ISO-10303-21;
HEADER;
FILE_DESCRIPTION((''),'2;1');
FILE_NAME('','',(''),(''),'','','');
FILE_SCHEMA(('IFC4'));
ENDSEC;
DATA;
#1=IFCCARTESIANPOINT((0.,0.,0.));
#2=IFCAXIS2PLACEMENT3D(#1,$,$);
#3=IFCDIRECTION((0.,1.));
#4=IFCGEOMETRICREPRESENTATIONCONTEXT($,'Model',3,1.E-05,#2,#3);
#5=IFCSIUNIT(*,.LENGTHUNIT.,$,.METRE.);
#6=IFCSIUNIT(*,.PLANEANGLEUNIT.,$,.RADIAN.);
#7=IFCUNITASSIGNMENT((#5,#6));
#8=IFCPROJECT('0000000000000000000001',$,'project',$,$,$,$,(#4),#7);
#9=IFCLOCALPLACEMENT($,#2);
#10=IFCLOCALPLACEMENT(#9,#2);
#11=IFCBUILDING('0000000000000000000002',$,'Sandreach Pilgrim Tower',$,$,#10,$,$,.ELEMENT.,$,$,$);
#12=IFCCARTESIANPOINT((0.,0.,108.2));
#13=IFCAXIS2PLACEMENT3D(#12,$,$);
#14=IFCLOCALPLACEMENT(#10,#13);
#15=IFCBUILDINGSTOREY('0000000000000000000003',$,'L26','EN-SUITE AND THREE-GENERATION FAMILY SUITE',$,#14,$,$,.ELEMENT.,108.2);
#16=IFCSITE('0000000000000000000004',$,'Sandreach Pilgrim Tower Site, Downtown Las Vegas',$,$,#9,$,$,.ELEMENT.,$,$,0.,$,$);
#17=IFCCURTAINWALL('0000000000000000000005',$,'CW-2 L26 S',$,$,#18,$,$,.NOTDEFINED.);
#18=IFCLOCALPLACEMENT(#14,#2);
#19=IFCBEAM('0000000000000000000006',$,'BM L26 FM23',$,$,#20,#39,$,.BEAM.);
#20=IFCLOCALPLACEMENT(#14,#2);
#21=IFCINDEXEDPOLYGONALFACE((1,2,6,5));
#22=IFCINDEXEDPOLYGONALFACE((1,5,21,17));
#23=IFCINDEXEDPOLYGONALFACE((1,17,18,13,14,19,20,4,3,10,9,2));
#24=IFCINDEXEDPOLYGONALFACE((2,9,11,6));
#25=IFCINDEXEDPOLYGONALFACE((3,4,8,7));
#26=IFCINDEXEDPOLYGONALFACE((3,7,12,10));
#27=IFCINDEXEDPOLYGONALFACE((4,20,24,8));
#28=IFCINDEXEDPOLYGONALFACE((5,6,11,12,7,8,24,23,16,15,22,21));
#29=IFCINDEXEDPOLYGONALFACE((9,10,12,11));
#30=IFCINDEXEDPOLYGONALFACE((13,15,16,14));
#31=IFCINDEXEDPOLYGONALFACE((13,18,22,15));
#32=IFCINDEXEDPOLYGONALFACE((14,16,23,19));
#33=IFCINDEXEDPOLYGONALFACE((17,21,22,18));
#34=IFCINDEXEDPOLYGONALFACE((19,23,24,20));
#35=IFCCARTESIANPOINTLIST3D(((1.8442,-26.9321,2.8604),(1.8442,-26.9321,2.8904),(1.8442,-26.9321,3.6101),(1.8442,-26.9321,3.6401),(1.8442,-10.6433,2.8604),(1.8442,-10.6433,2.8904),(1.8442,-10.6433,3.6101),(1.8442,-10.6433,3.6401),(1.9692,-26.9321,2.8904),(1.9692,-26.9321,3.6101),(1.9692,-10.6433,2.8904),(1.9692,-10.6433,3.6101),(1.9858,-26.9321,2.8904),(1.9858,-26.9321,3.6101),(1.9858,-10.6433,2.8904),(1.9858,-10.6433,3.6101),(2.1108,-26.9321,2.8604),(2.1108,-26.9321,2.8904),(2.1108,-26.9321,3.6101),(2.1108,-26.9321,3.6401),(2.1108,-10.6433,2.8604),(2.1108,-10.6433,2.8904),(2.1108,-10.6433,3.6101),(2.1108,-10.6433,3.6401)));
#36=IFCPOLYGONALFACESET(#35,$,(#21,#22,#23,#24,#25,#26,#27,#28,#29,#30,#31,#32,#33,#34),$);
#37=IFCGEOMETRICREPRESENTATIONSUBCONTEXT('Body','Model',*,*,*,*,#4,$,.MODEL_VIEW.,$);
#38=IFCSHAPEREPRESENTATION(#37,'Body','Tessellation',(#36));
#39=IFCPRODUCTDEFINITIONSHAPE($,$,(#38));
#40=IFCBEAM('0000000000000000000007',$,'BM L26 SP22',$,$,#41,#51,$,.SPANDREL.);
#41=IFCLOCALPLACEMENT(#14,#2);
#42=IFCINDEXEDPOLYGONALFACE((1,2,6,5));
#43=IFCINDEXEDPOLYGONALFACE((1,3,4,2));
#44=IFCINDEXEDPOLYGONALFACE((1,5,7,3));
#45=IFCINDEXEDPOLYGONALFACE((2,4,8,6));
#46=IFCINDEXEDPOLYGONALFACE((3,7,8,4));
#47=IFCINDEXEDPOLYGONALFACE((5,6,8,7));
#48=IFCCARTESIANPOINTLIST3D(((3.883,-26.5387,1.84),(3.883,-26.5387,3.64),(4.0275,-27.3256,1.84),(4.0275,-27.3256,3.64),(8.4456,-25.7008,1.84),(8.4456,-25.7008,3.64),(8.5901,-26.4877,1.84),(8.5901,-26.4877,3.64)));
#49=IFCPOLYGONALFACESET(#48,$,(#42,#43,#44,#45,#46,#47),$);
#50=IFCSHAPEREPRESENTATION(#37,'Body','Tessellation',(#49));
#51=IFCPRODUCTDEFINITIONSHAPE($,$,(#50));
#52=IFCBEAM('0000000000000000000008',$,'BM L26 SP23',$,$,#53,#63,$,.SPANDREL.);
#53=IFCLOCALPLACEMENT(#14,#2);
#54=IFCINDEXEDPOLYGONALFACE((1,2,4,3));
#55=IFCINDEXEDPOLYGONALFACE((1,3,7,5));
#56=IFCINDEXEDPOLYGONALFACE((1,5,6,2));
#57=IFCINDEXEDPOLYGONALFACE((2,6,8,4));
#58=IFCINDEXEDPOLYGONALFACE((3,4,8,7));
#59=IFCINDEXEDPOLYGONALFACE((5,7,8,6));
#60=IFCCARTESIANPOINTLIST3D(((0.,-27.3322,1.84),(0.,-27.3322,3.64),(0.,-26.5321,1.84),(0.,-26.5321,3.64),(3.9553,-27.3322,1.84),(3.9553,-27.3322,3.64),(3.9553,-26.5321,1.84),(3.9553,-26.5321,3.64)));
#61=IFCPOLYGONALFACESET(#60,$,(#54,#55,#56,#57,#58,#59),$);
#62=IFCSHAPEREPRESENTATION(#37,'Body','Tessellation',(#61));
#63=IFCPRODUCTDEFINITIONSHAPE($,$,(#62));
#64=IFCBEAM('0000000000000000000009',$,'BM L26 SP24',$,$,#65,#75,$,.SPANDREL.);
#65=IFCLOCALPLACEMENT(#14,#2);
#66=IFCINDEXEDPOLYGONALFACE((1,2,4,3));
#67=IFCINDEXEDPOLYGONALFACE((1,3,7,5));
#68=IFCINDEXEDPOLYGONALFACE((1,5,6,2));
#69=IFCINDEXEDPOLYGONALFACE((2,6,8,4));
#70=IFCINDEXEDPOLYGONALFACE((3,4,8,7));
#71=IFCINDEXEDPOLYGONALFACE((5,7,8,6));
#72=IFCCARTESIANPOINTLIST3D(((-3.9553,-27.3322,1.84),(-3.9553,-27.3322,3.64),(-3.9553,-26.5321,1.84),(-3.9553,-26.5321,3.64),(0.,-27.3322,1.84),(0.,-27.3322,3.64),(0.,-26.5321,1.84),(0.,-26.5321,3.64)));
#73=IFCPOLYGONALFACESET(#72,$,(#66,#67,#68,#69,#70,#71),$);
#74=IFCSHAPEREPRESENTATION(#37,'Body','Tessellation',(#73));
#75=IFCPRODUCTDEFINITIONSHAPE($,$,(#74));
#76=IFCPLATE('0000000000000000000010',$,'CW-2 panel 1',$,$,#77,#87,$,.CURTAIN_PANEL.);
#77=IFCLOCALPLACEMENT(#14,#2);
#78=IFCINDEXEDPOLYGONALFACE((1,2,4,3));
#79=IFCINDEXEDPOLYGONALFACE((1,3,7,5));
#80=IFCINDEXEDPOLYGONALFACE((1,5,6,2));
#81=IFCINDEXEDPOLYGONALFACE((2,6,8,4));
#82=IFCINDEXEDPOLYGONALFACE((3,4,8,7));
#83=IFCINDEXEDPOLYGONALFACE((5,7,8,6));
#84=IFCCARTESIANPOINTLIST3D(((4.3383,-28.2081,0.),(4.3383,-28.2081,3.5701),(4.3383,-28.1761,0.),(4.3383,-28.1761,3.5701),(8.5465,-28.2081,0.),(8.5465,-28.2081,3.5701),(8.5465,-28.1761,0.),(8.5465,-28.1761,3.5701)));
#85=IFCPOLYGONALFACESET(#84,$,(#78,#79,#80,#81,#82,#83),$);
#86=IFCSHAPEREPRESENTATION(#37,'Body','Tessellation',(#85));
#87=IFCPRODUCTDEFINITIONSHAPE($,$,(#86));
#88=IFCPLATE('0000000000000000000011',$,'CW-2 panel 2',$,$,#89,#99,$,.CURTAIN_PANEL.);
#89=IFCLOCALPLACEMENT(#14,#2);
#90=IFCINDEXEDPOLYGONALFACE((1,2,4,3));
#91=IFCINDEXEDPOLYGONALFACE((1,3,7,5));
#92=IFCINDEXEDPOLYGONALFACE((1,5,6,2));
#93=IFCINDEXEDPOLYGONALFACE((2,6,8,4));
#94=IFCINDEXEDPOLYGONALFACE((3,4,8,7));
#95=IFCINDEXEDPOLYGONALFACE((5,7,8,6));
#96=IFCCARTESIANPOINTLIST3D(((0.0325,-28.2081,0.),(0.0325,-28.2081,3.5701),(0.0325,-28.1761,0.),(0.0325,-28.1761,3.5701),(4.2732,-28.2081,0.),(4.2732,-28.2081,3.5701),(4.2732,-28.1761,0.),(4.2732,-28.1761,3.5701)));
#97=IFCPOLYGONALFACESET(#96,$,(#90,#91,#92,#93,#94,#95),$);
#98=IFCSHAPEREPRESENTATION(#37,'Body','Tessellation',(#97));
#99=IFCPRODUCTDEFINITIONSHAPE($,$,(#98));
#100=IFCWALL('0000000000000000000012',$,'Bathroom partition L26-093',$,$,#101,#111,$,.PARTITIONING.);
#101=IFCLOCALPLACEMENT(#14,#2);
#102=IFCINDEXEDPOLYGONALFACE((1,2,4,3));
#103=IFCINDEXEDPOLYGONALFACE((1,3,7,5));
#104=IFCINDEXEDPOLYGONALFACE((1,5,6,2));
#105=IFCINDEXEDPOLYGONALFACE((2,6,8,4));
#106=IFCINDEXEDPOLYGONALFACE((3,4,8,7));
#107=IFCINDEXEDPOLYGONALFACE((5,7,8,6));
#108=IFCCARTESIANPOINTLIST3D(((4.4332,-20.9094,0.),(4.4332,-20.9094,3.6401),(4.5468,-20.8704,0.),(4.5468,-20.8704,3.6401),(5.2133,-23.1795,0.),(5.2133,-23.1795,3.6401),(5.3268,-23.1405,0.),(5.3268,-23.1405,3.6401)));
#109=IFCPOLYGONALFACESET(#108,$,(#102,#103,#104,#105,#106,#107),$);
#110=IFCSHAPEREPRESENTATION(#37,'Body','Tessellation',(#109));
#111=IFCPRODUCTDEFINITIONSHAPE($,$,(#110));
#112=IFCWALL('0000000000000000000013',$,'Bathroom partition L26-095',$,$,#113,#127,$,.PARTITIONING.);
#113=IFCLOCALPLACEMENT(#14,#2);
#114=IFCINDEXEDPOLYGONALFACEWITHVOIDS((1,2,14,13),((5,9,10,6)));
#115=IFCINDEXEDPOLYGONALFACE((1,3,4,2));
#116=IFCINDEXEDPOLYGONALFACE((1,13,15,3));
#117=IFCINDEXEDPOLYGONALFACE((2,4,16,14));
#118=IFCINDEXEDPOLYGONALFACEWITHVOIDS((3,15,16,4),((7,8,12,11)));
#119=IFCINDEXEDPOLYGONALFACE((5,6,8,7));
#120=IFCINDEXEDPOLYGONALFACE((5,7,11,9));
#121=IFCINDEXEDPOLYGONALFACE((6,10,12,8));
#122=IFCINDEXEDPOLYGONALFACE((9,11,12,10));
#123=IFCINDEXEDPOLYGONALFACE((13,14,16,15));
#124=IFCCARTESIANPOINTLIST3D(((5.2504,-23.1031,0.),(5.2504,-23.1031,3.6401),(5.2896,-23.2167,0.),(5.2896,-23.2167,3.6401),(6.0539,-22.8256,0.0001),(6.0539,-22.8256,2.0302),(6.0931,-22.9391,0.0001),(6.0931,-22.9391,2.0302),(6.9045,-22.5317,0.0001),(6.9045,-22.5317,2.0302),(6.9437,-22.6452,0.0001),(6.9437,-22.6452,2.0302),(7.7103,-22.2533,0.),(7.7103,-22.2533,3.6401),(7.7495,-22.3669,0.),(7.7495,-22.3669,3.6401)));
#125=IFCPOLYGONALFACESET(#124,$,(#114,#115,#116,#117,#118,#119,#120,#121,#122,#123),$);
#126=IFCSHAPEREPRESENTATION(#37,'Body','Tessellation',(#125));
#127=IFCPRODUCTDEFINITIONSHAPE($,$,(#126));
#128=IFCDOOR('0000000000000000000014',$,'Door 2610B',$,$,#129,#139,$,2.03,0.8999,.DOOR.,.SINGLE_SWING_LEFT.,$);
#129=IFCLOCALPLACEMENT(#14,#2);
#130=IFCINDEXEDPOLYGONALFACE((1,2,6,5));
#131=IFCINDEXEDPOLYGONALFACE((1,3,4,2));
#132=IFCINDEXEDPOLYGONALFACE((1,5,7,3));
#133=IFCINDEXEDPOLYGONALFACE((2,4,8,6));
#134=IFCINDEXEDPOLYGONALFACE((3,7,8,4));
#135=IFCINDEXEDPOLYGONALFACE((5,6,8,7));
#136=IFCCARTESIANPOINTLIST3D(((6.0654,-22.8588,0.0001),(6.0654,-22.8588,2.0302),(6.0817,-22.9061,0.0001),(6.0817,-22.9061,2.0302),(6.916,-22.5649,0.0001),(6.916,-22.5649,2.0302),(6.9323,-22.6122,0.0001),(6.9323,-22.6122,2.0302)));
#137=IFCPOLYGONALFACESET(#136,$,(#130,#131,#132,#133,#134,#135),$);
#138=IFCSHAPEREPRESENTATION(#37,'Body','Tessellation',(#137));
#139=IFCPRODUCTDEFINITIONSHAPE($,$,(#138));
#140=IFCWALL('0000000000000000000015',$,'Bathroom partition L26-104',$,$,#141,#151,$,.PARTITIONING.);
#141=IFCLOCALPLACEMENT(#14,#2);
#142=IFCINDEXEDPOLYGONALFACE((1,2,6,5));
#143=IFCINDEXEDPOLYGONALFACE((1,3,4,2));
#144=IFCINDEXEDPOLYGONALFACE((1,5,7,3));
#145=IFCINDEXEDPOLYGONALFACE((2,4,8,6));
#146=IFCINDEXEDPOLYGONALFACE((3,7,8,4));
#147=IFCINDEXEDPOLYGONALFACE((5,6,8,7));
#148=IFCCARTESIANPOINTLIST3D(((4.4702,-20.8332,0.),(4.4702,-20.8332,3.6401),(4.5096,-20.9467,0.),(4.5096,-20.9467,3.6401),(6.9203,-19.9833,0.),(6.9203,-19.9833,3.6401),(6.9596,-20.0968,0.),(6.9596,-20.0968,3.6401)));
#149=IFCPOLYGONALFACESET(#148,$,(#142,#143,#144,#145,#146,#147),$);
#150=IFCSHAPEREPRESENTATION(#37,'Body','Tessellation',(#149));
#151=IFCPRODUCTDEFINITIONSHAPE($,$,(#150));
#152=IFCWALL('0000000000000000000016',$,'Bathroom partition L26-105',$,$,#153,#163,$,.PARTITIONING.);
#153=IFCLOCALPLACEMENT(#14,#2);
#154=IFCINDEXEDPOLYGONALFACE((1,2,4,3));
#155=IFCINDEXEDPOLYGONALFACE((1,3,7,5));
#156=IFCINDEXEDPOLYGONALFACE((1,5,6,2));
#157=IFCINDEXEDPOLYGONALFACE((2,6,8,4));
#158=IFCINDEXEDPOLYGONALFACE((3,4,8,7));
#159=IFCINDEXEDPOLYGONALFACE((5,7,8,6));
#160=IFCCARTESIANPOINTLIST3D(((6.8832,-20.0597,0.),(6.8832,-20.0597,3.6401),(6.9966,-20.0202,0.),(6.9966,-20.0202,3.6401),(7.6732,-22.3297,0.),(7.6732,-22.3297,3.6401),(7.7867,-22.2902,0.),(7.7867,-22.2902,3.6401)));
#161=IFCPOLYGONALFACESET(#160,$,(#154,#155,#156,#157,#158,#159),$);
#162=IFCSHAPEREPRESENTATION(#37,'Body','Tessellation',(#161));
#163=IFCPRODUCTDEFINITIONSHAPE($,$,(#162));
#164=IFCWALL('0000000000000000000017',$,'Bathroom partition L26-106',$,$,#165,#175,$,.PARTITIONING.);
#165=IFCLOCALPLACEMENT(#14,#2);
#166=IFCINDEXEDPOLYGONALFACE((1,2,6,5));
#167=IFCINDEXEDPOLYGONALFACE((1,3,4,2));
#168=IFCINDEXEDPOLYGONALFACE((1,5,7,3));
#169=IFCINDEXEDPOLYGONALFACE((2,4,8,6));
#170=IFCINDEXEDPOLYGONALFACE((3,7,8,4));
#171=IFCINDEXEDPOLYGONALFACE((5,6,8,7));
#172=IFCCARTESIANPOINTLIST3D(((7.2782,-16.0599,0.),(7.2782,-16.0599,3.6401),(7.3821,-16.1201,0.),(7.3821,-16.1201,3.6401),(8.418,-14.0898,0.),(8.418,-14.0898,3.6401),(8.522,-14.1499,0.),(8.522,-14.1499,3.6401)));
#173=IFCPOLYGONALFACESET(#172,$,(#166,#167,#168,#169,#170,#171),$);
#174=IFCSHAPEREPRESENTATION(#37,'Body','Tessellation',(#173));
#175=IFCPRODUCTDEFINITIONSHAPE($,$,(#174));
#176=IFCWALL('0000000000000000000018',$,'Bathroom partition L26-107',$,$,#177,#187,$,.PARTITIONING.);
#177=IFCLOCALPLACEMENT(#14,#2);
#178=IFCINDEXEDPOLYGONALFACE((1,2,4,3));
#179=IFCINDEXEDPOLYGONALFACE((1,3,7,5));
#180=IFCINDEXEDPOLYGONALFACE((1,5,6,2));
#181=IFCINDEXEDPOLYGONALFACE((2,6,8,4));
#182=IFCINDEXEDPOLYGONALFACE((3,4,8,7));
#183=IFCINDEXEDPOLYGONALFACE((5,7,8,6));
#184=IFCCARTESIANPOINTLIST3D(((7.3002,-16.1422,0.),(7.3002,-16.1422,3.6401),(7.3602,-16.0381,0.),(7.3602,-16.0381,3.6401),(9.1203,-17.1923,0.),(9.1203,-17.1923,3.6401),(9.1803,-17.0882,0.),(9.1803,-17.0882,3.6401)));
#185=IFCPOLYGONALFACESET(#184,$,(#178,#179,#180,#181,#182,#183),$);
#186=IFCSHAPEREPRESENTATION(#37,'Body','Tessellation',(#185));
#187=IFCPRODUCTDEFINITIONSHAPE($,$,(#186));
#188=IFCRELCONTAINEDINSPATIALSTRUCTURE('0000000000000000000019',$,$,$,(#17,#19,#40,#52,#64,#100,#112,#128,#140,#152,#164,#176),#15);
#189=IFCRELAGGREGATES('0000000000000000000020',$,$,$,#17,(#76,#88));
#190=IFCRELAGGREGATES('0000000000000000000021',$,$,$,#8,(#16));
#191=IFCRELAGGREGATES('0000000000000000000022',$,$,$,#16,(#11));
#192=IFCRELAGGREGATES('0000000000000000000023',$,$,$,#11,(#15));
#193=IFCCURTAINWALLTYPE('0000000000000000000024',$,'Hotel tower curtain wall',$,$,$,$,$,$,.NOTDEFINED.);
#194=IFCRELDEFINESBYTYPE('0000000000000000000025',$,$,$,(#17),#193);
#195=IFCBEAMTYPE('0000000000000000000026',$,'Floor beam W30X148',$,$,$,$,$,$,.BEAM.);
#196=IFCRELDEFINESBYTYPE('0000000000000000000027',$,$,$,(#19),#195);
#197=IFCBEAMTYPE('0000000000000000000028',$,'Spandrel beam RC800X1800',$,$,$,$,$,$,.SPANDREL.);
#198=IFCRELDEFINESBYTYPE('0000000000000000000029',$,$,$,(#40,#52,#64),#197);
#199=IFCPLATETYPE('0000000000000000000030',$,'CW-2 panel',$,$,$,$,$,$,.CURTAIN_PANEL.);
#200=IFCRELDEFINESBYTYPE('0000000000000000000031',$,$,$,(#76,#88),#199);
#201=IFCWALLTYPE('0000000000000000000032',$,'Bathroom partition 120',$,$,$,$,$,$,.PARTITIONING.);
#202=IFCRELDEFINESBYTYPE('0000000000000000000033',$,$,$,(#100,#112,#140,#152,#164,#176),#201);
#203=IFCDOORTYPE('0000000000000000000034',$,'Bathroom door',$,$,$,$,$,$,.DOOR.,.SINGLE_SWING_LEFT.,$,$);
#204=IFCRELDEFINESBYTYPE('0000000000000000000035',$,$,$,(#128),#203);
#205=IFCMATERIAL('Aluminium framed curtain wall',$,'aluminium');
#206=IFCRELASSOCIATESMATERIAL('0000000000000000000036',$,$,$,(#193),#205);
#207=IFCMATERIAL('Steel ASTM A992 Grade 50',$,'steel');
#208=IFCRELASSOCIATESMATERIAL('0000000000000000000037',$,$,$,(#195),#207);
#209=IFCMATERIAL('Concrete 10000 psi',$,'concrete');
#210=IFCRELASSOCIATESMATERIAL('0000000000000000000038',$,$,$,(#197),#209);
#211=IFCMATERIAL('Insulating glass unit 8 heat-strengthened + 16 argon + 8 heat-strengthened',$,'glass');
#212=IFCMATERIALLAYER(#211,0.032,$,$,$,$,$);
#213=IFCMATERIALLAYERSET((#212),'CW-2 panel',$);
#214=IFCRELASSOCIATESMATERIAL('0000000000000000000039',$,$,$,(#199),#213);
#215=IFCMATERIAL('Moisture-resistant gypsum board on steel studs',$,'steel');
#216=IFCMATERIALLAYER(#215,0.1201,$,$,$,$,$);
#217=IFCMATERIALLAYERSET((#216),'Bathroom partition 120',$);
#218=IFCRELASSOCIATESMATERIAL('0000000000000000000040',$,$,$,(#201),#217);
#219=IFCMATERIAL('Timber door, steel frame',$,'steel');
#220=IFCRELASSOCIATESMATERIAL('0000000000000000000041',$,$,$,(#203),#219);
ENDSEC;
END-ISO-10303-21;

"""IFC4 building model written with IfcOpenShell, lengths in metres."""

from ifc_helpers import new_model, si_unit, direction, frame, frame_2d, origin, origin_2d, place, context, subcontext, project, spatial, rectangle, i_section, extrude, material, layer, layer_set, material_profile, profile_set, type_object, element, fill, aggregate, save


model = new_model("IFC4")

# Units and contexts
model_context = context("Model", 3, precision=1e-05, world=origin(), true_north=direction((0.0, 1.0)))
body_context = subcontext(model_context, "Body", "Model", "MODEL_VIEW")
ifc_project = project(units=[si_unit("LENGTHUNIT", "METRE"), si_unit("PLANEANGLEUNIT", "RADIAN")], contexts=[model_context])

# Site, building, storey
site_placement = place(None, origin())
site = spatial("IfcSite", under=ifc_project, at=site_placement, Name="Sandreach Pilgrim Tower Site, Downtown Las Vegas", CompositionType="ELEMENT", RefElevation=0.0)
building_placement = place(site_placement, origin())
building = spatial("IfcBuilding", under=site, at=building_placement, Name="Sandreach Pilgrim Tower", CompositionType="ELEMENT")
storey_placement = place(building_placement, frame((0.0, 0.0, 108.2)))
storey = spatial("IfcBuildingStorey", under=building, at=storey_placement, Name="L26", Description="EN-SUITE AND THREE-GENERATION FAMILY SUITE", CompositionType="ELEMENT", Elevation=108.2)

# Curtain wall
ifc_material_1 = material(Name="Aluminium framed curtain wall", Category="aluminium")
curtain_wall_type = type_object("IfcCurtainWallType", Name="Hotel tower curtain wall", PredefinedType="NOTDEFINED", material=ifc_material_1)
curtain_wall_placement = place(storey_placement, origin())
curtain_wall = element("IfcCurtainWall", 1, at=curtain_wall_placement, inside=storey, type_object=curtain_wall_type, Name="CW-2 L26 S", PredefinedType="NOTDEFINED")

# Beams
ifc_material_2 = material(Name="Steel ASTM A992 Grade 50", Category="steel")
ifc_material_profile_1 = material_profile(ifc_material_2, i_section(OverallWidth=0.2666, OverallDepth=0.7798, WebThickness=0.0166, FlangeThickness=0.03, at=origin_2d()), Name="W30X148")
ifc_profile_set_1 = profile_set([ifc_material_profile_1], Name="Steel ASTM A992 Grade 50")
beam_type_1 = type_object("IfcBeamType", Name="Floor beam W30X148", PredefinedType="BEAM", material=ifc_profile_set_1)
beam_1_placement = place(storey_placement, frame((1.9775, -26.9321, 3.2502), z_axis=(0.0, 1.0, 0.0), x_axis=(-1.0, 0.0, 0.0)))
element("IfcBeam", 2, at=beam_1_placement, inside=storey, type_object=beam_type_1, Name="BM L26 FM23", PredefinedType="BEAM", context=body_context, shape_type="SweptSolid", body=[
    extrude(i_section(OverallWidth=0.2666, OverallDepth=0.7798, WebThickness=0.0166, FlangeThickness=0.03, at=origin_2d()), origin(), (0.0, 0.0, 1.0), 16.2888),
])
ifc_material_3 = material(Name="Concrete 10000 psi", Category="concrete")
ifc_material_profile_2 = material_profile(ifc_material_3, rectangle(XDim=0.8, YDim=1.8, at=origin_2d()), Name="RC800X1800")
ifc_profile_set_2 = profile_set([ifc_material_profile_2], Name="Concrete 10000 psi")
beam_type_2 = type_object("IfcBeamType", Name="Spandrel beam RC800X1800", PredefinedType="SPANDREL", material=ifc_profile_set_2)
beam_2_placement = place(storey_placement, frame((8.5178, -26.0942, 2.74), z_axis=(-0.983552, -0.180627, 0.0), x_axis=(0.180627, -0.983552, 0.0)))
element("IfcBeam", 3, at=beam_2_placement, inside=storey, type_object=beam_type_2, Name="BM L26 SP22", PredefinedType="SPANDREL", context=body_context, shape_type="SweptSolid", body=[
    extrude(rectangle(XDim=0.8, YDim=1.8, at=origin_2d()), origin(), (0.0, 0.0, 1.0), 4.6389),
])
for number, where, z_axis, x_axis, name in (
    (4, (3.9553, -26.9321, 2.74), (-1.0, 0.0, 0.0), (0.0, -1.0, 0.0), "BM L26 SP23"),
    (5, (0.0, -26.9321, 2.74), (-1.0, 0.0, 0.0), (0.0, -1.0, 0.0), "BM L26 SP24"),
):
    element("IfcBeam", number, at=place(storey_placement, frame(where, z_axis=z_axis, x_axis=x_axis)), inside=storey, type_object=beam_type_2, Name=name, PredefinedType="SPANDREL", context=body_context, shape_type="SweptSolid", body=[
        extrude(rectangle(XDim=0.8, YDim=1.8, at=origin_2d()), origin(), (0.0, 0.0, 1.0), 3.9553),
    ])

# Plates
ifc_material_4 = material(Name="Insulating glass unit 8 heat-strengthened + 16 argon + 8 heat-strengthened", Category="glass")
ifc_layer_1 = layer(ifc_material_4, 0.032)
ifc_layer_set_1 = layer_set([ifc_layer_1], Name="CW-2 panel")
plate_type = type_object("IfcPlateType", Name="CW-2 panel", PredefinedType="CURTAIN_PANEL", material=ifc_layer_set_1)
plate_1_placement = place(storey_placement, frame((6.4424, -28.1921, 0.0), z_axis=(0.0, 0.0, 1.0), x_axis=(-1.0, 0.0, 0.0)))
plate_1 = element("IfcPlate", 6, at=plate_1_placement, type_object=plate_type, Name="CW-2 panel 1", PredefinedType="CURTAIN_PANEL", context=body_context, shape_type="SweptSolid", body=[
    extrude(rectangle(XDim=4.2083, YDim=0.032, at=origin_2d()), origin(), (0.0, 0.0, 1.0), 3.5701),
])
plate_2_placement = place(storey_placement, frame((2.1528, -28.1921, 0.0), z_axis=(0.0, 0.0, 1.0), x_axis=(-1.0, 0.0, 0.0)))
plate_2 = element("IfcPlate", 7, at=plate_2_placement, type_object=plate_type, Name="CW-2 panel 2", PredefinedType="CURTAIN_PANEL", context=body_context, shape_type="SweptSolid", body=[
    extrude(rectangle(XDim=4.2407, YDim=0.032, at=origin_2d()), origin(), (0.0, 0.0, 1.0), 3.5701),
])
aggregate(curtain_wall, [plate_1, plate_2])

# Wall
ifc_material_5 = material(Name="Moisture-resistant gypsum board on steel studs", Category="steel")
ifc_layer_2 = layer(ifc_material_5, 0.1201)
ifc_layer_set_2 = layer_set([ifc_layer_2], Name="Bathroom partition 120")
wall_type_1 = type_object("IfcWallType", Name="Bathroom partition 120", PredefinedType="PARTITIONING", material=ifc_layer_set_2)
wall_1_placement = place(storey_placement, frame((4.49, -20.8899, 0.0), z_axis=(0.0, 0.0, 1.0), x_axis=(0.324972, -0.945724, 0.0)))
element("IfcWall", 8, at=wall_1_placement, inside=storey, type_object=wall_type_1, Name="Bathroom partition L26-093", PredefinedType="PARTITIONING", context=body_context, shape_type="SweptSolid", body=[
    extrude(rectangle(XDim=2.4004, YDim=0.1201, at=frame_2d((1.2002, 0.0))), origin(), (0.0, 0.0, 1.0), 3.6401),
])

# Wall, opening, door
wall_2_placement = place(storey_placement, frame((5.27, -23.1599, 0.0), z_axis=(0.0, 0.0, 1.0), x_axis=(0.945184, 0.326537, 0.0)))
wall_2 = element("IfcWall", 9, at=wall_2_placement, inside=storey, type_object=wall_type_1, Name="Bathroom partition L26-095", PredefinedType="PARTITIONING", context=body_context, shape_type="SweptSolid", body=[
    extrude(rectangle(XDim=2.6025, YDim=0.1201, at=frame_2d((1.3013, 0.0))), origin(), (0.0, 0.0, 1.0), 3.6401),
])
opening_1_placement = place(wall_2_placement, frame((0.8501, 0.0, 0.0)))
opening_1 = element("IfcOpeningElement", 10, at=opening_1_placement, cuts=wall_2, PredefinedType="OPENING", context=body_context, shape_type="SweptSolid", body=[
    extrude(rectangle(XDim=0.8999, YDim=2.03, at=frame_2d((0.45, 1.0151))), frame((0.0, 0.0601, 0.0), z_axis=(0.0, -1.0, 0.0), x_axis=(1.0, 0.0, 0.0)), (0.0, 0.0, 1.0), 0.1201),
])
ifc_material_6 = material(Name="Timber door, steel frame", Category="steel")
door_type_1 = type_object("IfcDoorType", Name="Bathroom door", OperationType="SINGLE_SWING_LEFT", PredefinedType="DOOR", material=ifc_material_6)
door_1_placement = place(opening_1_placement, origin())
door_1 = element("IfcDoor", 11, at=door_1_placement, inside=storey, type_object=door_type_1, Name="Door 2610B", OperationType="SINGLE_SWING_LEFT", OverallHeight=2.03, OverallWidth=0.8999, PredefinedType="DOOR", context=body_context, shape_type="SweptSolid", body=[
    extrude(rectangle(XDim=0.8999, YDim=2.03, at=frame_2d((0.45, 1.0151))), frame((0.0, 0.0249, 0.0), z_axis=(0.0, -1.0, 0.0), x_axis=(1.0, 0.0, 0.0)), (0.0, 0.0, 1.0), 0.05),
])
fill(opening_1, door_1)

# Walls
wall_3_placement = place(storey_placement, frame((6.9399, -20.04, 0.0), z_axis=(0.0, 0.0, 1.0), x_axis=(-0.944772, -0.327728, 0.0)))
element("IfcWall", 12, at=wall_3_placement, inside=storey, type_object=wall_type_1, Name="Bathroom partition L26-104", PredefinedType="PARTITIONING", context=body_context, shape_type="SweptSolid", body=[
    extrude(rectangle(XDim=2.5933, YDim=0.1201, at=frame_2d((1.2966, 0.0))), origin(), (0.0, 0.0, 1.0), 3.6401),
])
wall_4_placement = place(storey_placement, frame((6.9399, -20.04, 0.0), z_axis=(0.0, 0.0, 1.0), x_axis=(0.328694, -0.944436, 0.0)))
element("IfcWall", 13, at=wall_4_placement, inside=storey, type_object=wall_type_1, Name="Bathroom partition L26-105", PredefinedType="PARTITIONING", context=body_context, shape_type="SweptSolid", body=[
    extrude(rectangle(XDim=2.4036, YDim=0.1201, at=frame_2d((1.2017, 0.0))), origin(), (0.0, 0.0, 1.0), 3.6401),
])
wall_5_placement = place(storey_placement, frame((7.3301, -16.0901, 0.0), z_axis=(0.0, 0.0, 1.0), x_axis=(0.500787, 0.865571, 0.0)))
element("IfcWall", 14, at=wall_5_placement, inside=storey, type_object=wall_type_1, Name="Bathroom partition L26-106", PredefinedType="PARTITIONING", context=body_context, shape_type="SweptSolid", body=[
    extrude(rectangle(XDim=2.2761, YDim=0.1201, at=frame_2d((1.1382, 0.0))), origin(), (0.0, 0.0, 1.0), 3.6401),
])
wall_6_placement = place(storey_placement, frame((7.3301, -16.0901, 0.0), z_axis=(0.0, 0.0, 1.0), x_axis=(0.866184, -0.499726, 0.0)))
element("IfcWall", 15, at=wall_6_placement, inside=storey, type_object=wall_type_1, Name="Bathroom partition L26-107", PredefinedType="PARTITIONING", context=body_context, shape_type="SweptSolid", body=[
    extrude(rectangle(XDim=2.1013, YDim=0.1201, at=frame_2d((1.0508, 0.0))), origin(), (0.0, 0.0, 1.0), 3.6401),
])

save(model, "model.ifc")
